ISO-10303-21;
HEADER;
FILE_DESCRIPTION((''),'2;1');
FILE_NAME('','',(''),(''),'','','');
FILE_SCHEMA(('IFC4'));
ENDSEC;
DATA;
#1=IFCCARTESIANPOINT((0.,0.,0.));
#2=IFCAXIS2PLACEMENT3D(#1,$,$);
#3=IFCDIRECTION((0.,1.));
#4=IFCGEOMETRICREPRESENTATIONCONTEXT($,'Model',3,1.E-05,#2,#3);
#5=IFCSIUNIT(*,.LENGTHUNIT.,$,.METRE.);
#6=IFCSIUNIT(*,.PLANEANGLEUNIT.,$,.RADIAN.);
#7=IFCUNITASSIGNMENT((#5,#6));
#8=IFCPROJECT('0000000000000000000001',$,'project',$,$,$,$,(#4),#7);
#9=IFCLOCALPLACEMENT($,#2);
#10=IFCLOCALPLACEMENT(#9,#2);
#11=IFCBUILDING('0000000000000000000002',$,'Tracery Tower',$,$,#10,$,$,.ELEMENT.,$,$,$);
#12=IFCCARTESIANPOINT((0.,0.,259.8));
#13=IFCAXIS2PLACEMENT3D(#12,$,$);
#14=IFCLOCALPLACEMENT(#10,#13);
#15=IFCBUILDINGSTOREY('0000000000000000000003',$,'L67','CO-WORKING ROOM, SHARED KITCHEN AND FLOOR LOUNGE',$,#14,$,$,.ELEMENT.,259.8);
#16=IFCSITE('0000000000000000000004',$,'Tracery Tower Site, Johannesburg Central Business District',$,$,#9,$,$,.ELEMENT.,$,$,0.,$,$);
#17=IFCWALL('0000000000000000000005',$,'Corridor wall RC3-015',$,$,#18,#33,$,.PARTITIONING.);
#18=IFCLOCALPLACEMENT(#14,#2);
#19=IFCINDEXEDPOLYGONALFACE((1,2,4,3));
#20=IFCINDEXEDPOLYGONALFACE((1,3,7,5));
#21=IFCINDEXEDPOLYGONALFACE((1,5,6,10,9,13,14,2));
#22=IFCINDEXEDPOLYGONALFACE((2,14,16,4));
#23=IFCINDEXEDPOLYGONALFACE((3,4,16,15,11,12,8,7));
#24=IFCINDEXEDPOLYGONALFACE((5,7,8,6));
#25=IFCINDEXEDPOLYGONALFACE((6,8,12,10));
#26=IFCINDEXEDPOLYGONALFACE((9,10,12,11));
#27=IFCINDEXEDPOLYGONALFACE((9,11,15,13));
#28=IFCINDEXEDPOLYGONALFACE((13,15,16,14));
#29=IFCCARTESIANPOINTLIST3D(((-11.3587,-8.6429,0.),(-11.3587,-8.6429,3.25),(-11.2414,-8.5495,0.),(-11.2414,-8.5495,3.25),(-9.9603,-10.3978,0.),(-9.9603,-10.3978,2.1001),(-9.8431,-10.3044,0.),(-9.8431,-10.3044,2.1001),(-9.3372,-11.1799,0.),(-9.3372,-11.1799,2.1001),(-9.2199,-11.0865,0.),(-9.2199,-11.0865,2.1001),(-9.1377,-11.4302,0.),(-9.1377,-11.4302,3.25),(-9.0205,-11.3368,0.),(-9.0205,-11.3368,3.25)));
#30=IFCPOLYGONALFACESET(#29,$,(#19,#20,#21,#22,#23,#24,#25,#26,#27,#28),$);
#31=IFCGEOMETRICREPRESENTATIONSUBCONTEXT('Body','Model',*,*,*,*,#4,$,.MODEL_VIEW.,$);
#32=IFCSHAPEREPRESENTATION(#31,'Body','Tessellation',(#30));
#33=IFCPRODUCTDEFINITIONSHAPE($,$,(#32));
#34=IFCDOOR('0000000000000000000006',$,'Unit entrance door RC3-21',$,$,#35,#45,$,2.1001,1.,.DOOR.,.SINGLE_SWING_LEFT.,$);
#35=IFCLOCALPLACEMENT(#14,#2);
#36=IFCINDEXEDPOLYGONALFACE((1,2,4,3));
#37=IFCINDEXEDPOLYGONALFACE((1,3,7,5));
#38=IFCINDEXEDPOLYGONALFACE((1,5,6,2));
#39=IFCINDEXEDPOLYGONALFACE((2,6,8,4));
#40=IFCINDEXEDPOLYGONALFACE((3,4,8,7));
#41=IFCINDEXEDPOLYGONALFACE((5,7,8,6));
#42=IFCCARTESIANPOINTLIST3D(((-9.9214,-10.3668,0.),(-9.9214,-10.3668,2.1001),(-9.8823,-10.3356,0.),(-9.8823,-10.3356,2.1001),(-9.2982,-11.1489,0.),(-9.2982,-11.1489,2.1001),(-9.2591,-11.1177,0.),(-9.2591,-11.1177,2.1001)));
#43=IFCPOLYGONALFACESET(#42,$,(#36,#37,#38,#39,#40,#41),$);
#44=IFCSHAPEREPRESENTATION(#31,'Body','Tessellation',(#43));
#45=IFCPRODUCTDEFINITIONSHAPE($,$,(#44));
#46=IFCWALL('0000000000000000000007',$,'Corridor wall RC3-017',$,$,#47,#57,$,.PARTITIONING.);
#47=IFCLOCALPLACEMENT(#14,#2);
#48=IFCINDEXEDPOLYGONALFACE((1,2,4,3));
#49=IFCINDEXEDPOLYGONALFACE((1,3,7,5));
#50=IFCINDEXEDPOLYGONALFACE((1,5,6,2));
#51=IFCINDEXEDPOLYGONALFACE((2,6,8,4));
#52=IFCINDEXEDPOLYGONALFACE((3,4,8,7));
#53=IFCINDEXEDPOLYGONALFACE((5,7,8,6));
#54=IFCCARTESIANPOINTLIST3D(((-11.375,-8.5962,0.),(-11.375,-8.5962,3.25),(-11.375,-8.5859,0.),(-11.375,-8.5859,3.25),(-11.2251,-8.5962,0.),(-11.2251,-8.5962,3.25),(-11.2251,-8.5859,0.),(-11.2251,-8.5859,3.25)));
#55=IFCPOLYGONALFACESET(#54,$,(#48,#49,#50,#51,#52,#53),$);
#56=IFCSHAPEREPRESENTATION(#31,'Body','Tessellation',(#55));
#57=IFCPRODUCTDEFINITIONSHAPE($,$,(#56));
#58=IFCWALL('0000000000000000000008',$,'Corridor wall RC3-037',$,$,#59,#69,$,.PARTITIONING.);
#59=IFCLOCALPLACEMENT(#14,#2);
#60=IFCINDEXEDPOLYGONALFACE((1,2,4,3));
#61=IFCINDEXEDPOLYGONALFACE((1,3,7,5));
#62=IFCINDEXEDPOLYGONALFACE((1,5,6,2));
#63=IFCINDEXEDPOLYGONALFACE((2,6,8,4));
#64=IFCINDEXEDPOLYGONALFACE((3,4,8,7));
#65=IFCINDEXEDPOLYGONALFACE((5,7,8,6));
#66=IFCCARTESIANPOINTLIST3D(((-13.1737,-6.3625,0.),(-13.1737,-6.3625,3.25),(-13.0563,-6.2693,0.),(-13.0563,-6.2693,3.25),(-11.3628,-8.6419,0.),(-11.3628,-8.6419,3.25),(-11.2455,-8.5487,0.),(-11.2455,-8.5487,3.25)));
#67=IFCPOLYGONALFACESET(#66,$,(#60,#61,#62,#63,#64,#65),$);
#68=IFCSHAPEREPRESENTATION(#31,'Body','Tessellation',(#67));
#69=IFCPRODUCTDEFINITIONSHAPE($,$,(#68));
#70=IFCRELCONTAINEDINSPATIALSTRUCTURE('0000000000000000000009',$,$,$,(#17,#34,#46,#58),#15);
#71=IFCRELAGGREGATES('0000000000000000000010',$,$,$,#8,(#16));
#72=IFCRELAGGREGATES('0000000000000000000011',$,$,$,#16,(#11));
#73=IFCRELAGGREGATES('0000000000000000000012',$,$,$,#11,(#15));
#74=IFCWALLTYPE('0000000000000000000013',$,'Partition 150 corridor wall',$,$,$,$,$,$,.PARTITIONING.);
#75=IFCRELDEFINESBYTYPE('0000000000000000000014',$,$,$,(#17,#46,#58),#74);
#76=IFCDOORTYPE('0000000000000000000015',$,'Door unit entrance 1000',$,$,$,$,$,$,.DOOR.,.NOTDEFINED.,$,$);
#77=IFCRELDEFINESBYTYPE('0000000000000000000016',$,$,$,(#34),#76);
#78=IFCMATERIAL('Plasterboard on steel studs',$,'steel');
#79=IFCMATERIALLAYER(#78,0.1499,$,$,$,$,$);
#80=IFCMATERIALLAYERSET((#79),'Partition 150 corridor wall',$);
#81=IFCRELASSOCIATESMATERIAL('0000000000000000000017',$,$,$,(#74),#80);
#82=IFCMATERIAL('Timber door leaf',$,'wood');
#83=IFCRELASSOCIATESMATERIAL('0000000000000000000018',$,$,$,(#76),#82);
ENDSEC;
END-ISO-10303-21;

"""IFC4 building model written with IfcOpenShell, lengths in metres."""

from ifc_helpers import new_model, si_unit, direction, frame, frame_2d, origin, place, context, subcontext, project, spatial, rectangle, extrude, material, layer, layer_set, type_object, element, fill, save


model = new_model("IFC4")

# Units and contexts
model_context = context("Model", 3, precision=1e-05, world=origin(), true_north=direction((0.0, 1.0)))
body_context = subcontext(model_context, "Body", "Model", "MODEL_VIEW")
ifc_project = project(units=[si_unit("LENGTHUNIT", "METRE"), si_unit("PLANEANGLEUNIT", "RADIAN")], contexts=[model_context])

# Site, building, storey
site_placement = place(None, origin())
site = spatial("IfcSite", under=ifc_project, at=site_placement, Name="Tracery Tower Site, Johannesburg Central Business District", CompositionType="ELEMENT", RefElevation=0.0)
building_placement = place(site_placement, origin())
building = spatial("IfcBuilding", under=site, at=building_placement, Name="Tracery Tower", CompositionType="ELEMENT")
storey_placement = place(building_placement, frame((0.0, 0.0, 259.8)))
storey = spatial("IfcBuildingStorey", under=building, at=storey_placement, Name="L67", Description="CO-WORKING ROOM, SHARED KITCHEN AND FLOOR LOUNGE", CompositionType="ELEMENT", Elevation=259.8)

# Wall, opening, door
ifc_material_1 = material(Name="Plasterboard on steel studs", Category="steel")
ifc_layer_1 = layer(ifc_material_1, 0.1499)
ifc_layer_set_1 = layer_set([ifc_layer_1], Name="Partition 150 corridor wall")
wall_type_1 = type_object("IfcWallType", Name="Partition 150 corridor wall", PredefinedType="PARTITIONING", material=ifc_layer_set_1)
wall_1_placement = place(storey_placement, frame((-11.3, -8.5962, 0.0), z_axis=(0.0, 0.0, 1.0), x_axis=(0.623165, -0.78209, 0.0)))
wall_1 = element("IfcWall", 1, at=wall_1_placement, inside=storey, type_object=wall_type_1, Name="Corridor wall RC3-015", PredefinedType="PARTITIONING", context=body_context, shape_type="SweptSolid", body=[
    extrude(rectangle(XDim=3.564, YDim=0.1499, at=frame_2d((1.782, 0.0))), origin(), (0.0, 0.0, 1.0), 3.25),
])
opening_1_placement = place(wall_1_placement, frame((2.2439, 0.0, 0.0)))
opening_1 = element("IfcOpeningElement", 2, at=opening_1_placement, cuts=wall_1, PredefinedType="OPENING", context=body_context, shape_type="SweptSolid", body=[
    extrude(rectangle(XDim=1.0, YDim=2.1001, at=frame_2d((0.5, 1.05))), frame((0.0, 0.075, 0.0), z_axis=(0.0, -1.0, 0.0), x_axis=(1.0, 0.0, 0.0)), (0.0, 0.0, 1.0), 0.1499),
])
ifc_material_2 = material(Name="Timber door leaf", Category="wood")
door_type_1 = type_object("IfcDoorType", Name="Door unit entrance 1000", OperationType="NOTDEFINED", PredefinedType="DOOR", material=ifc_material_2)
door_1_placement = place(opening_1_placement, origin())
door_1 = element("IfcDoor", 3, at=door_1_placement, inside=storey, type_object=door_type_1, Name="Unit entrance door RC3-21", OperationType="SINGLE_SWING_LEFT", OverallHeight=2.1001, OverallWidth=1.0, PredefinedType="DOOR", context=body_context, shape_type="SweptSolid", body=[
    extrude(rectangle(XDim=1.0, YDim=2.1001, at=frame_2d((0.5, 1.05))), frame((0.0, 0.0249, 0.0), z_axis=(0.0, -1.0, 0.0), x_axis=(1.0, 0.0, 0.0)), (0.0, 0.0, 1.0), 0.05),
])
fill(opening_1, door_1)

# Walls
wall_2_placement = place(storey_placement, frame((-11.3, -8.5962, 0.0), z_axis=(0.0, 0.0, 1.0), x_axis=(0.0, 1.0, 0.0)))
element("IfcWall", 4, at=wall_2_placement, inside=storey, type_object=wall_type_1, Name="Corridor wall RC3-017", PredefinedType="PARTITIONING", context=body_context, shape_type="SweptSolid", body=[
    extrude(rectangle(XDim=0.0103, YDim=0.1499, at=frame_2d((0.0051, 0.0))), origin(), (0.0, 0.0, 1.0), 3.25),
])
wall_3_placement = place(storey_placement, frame((-13.115, -6.3159, 0.0), z_axis=(0.0, 0.0, 1.0), x_axis=(0.622042, -0.782983, 0.0)))
element("IfcWall", 5, at=wall_3_placement, inside=storey, type_object=wall_type_1, Name="Corridor wall RC3-037", PredefinedType="PARTITIONING", context=body_context, shape_type="SweptSolid", body=[
    extrude(rectangle(XDim=2.9111, YDim=0.1499, at=frame_2d((1.4556, 0.0))), origin(), (0.0, 0.0, 1.0), 3.25),
])

save(model, "model.ifc")
